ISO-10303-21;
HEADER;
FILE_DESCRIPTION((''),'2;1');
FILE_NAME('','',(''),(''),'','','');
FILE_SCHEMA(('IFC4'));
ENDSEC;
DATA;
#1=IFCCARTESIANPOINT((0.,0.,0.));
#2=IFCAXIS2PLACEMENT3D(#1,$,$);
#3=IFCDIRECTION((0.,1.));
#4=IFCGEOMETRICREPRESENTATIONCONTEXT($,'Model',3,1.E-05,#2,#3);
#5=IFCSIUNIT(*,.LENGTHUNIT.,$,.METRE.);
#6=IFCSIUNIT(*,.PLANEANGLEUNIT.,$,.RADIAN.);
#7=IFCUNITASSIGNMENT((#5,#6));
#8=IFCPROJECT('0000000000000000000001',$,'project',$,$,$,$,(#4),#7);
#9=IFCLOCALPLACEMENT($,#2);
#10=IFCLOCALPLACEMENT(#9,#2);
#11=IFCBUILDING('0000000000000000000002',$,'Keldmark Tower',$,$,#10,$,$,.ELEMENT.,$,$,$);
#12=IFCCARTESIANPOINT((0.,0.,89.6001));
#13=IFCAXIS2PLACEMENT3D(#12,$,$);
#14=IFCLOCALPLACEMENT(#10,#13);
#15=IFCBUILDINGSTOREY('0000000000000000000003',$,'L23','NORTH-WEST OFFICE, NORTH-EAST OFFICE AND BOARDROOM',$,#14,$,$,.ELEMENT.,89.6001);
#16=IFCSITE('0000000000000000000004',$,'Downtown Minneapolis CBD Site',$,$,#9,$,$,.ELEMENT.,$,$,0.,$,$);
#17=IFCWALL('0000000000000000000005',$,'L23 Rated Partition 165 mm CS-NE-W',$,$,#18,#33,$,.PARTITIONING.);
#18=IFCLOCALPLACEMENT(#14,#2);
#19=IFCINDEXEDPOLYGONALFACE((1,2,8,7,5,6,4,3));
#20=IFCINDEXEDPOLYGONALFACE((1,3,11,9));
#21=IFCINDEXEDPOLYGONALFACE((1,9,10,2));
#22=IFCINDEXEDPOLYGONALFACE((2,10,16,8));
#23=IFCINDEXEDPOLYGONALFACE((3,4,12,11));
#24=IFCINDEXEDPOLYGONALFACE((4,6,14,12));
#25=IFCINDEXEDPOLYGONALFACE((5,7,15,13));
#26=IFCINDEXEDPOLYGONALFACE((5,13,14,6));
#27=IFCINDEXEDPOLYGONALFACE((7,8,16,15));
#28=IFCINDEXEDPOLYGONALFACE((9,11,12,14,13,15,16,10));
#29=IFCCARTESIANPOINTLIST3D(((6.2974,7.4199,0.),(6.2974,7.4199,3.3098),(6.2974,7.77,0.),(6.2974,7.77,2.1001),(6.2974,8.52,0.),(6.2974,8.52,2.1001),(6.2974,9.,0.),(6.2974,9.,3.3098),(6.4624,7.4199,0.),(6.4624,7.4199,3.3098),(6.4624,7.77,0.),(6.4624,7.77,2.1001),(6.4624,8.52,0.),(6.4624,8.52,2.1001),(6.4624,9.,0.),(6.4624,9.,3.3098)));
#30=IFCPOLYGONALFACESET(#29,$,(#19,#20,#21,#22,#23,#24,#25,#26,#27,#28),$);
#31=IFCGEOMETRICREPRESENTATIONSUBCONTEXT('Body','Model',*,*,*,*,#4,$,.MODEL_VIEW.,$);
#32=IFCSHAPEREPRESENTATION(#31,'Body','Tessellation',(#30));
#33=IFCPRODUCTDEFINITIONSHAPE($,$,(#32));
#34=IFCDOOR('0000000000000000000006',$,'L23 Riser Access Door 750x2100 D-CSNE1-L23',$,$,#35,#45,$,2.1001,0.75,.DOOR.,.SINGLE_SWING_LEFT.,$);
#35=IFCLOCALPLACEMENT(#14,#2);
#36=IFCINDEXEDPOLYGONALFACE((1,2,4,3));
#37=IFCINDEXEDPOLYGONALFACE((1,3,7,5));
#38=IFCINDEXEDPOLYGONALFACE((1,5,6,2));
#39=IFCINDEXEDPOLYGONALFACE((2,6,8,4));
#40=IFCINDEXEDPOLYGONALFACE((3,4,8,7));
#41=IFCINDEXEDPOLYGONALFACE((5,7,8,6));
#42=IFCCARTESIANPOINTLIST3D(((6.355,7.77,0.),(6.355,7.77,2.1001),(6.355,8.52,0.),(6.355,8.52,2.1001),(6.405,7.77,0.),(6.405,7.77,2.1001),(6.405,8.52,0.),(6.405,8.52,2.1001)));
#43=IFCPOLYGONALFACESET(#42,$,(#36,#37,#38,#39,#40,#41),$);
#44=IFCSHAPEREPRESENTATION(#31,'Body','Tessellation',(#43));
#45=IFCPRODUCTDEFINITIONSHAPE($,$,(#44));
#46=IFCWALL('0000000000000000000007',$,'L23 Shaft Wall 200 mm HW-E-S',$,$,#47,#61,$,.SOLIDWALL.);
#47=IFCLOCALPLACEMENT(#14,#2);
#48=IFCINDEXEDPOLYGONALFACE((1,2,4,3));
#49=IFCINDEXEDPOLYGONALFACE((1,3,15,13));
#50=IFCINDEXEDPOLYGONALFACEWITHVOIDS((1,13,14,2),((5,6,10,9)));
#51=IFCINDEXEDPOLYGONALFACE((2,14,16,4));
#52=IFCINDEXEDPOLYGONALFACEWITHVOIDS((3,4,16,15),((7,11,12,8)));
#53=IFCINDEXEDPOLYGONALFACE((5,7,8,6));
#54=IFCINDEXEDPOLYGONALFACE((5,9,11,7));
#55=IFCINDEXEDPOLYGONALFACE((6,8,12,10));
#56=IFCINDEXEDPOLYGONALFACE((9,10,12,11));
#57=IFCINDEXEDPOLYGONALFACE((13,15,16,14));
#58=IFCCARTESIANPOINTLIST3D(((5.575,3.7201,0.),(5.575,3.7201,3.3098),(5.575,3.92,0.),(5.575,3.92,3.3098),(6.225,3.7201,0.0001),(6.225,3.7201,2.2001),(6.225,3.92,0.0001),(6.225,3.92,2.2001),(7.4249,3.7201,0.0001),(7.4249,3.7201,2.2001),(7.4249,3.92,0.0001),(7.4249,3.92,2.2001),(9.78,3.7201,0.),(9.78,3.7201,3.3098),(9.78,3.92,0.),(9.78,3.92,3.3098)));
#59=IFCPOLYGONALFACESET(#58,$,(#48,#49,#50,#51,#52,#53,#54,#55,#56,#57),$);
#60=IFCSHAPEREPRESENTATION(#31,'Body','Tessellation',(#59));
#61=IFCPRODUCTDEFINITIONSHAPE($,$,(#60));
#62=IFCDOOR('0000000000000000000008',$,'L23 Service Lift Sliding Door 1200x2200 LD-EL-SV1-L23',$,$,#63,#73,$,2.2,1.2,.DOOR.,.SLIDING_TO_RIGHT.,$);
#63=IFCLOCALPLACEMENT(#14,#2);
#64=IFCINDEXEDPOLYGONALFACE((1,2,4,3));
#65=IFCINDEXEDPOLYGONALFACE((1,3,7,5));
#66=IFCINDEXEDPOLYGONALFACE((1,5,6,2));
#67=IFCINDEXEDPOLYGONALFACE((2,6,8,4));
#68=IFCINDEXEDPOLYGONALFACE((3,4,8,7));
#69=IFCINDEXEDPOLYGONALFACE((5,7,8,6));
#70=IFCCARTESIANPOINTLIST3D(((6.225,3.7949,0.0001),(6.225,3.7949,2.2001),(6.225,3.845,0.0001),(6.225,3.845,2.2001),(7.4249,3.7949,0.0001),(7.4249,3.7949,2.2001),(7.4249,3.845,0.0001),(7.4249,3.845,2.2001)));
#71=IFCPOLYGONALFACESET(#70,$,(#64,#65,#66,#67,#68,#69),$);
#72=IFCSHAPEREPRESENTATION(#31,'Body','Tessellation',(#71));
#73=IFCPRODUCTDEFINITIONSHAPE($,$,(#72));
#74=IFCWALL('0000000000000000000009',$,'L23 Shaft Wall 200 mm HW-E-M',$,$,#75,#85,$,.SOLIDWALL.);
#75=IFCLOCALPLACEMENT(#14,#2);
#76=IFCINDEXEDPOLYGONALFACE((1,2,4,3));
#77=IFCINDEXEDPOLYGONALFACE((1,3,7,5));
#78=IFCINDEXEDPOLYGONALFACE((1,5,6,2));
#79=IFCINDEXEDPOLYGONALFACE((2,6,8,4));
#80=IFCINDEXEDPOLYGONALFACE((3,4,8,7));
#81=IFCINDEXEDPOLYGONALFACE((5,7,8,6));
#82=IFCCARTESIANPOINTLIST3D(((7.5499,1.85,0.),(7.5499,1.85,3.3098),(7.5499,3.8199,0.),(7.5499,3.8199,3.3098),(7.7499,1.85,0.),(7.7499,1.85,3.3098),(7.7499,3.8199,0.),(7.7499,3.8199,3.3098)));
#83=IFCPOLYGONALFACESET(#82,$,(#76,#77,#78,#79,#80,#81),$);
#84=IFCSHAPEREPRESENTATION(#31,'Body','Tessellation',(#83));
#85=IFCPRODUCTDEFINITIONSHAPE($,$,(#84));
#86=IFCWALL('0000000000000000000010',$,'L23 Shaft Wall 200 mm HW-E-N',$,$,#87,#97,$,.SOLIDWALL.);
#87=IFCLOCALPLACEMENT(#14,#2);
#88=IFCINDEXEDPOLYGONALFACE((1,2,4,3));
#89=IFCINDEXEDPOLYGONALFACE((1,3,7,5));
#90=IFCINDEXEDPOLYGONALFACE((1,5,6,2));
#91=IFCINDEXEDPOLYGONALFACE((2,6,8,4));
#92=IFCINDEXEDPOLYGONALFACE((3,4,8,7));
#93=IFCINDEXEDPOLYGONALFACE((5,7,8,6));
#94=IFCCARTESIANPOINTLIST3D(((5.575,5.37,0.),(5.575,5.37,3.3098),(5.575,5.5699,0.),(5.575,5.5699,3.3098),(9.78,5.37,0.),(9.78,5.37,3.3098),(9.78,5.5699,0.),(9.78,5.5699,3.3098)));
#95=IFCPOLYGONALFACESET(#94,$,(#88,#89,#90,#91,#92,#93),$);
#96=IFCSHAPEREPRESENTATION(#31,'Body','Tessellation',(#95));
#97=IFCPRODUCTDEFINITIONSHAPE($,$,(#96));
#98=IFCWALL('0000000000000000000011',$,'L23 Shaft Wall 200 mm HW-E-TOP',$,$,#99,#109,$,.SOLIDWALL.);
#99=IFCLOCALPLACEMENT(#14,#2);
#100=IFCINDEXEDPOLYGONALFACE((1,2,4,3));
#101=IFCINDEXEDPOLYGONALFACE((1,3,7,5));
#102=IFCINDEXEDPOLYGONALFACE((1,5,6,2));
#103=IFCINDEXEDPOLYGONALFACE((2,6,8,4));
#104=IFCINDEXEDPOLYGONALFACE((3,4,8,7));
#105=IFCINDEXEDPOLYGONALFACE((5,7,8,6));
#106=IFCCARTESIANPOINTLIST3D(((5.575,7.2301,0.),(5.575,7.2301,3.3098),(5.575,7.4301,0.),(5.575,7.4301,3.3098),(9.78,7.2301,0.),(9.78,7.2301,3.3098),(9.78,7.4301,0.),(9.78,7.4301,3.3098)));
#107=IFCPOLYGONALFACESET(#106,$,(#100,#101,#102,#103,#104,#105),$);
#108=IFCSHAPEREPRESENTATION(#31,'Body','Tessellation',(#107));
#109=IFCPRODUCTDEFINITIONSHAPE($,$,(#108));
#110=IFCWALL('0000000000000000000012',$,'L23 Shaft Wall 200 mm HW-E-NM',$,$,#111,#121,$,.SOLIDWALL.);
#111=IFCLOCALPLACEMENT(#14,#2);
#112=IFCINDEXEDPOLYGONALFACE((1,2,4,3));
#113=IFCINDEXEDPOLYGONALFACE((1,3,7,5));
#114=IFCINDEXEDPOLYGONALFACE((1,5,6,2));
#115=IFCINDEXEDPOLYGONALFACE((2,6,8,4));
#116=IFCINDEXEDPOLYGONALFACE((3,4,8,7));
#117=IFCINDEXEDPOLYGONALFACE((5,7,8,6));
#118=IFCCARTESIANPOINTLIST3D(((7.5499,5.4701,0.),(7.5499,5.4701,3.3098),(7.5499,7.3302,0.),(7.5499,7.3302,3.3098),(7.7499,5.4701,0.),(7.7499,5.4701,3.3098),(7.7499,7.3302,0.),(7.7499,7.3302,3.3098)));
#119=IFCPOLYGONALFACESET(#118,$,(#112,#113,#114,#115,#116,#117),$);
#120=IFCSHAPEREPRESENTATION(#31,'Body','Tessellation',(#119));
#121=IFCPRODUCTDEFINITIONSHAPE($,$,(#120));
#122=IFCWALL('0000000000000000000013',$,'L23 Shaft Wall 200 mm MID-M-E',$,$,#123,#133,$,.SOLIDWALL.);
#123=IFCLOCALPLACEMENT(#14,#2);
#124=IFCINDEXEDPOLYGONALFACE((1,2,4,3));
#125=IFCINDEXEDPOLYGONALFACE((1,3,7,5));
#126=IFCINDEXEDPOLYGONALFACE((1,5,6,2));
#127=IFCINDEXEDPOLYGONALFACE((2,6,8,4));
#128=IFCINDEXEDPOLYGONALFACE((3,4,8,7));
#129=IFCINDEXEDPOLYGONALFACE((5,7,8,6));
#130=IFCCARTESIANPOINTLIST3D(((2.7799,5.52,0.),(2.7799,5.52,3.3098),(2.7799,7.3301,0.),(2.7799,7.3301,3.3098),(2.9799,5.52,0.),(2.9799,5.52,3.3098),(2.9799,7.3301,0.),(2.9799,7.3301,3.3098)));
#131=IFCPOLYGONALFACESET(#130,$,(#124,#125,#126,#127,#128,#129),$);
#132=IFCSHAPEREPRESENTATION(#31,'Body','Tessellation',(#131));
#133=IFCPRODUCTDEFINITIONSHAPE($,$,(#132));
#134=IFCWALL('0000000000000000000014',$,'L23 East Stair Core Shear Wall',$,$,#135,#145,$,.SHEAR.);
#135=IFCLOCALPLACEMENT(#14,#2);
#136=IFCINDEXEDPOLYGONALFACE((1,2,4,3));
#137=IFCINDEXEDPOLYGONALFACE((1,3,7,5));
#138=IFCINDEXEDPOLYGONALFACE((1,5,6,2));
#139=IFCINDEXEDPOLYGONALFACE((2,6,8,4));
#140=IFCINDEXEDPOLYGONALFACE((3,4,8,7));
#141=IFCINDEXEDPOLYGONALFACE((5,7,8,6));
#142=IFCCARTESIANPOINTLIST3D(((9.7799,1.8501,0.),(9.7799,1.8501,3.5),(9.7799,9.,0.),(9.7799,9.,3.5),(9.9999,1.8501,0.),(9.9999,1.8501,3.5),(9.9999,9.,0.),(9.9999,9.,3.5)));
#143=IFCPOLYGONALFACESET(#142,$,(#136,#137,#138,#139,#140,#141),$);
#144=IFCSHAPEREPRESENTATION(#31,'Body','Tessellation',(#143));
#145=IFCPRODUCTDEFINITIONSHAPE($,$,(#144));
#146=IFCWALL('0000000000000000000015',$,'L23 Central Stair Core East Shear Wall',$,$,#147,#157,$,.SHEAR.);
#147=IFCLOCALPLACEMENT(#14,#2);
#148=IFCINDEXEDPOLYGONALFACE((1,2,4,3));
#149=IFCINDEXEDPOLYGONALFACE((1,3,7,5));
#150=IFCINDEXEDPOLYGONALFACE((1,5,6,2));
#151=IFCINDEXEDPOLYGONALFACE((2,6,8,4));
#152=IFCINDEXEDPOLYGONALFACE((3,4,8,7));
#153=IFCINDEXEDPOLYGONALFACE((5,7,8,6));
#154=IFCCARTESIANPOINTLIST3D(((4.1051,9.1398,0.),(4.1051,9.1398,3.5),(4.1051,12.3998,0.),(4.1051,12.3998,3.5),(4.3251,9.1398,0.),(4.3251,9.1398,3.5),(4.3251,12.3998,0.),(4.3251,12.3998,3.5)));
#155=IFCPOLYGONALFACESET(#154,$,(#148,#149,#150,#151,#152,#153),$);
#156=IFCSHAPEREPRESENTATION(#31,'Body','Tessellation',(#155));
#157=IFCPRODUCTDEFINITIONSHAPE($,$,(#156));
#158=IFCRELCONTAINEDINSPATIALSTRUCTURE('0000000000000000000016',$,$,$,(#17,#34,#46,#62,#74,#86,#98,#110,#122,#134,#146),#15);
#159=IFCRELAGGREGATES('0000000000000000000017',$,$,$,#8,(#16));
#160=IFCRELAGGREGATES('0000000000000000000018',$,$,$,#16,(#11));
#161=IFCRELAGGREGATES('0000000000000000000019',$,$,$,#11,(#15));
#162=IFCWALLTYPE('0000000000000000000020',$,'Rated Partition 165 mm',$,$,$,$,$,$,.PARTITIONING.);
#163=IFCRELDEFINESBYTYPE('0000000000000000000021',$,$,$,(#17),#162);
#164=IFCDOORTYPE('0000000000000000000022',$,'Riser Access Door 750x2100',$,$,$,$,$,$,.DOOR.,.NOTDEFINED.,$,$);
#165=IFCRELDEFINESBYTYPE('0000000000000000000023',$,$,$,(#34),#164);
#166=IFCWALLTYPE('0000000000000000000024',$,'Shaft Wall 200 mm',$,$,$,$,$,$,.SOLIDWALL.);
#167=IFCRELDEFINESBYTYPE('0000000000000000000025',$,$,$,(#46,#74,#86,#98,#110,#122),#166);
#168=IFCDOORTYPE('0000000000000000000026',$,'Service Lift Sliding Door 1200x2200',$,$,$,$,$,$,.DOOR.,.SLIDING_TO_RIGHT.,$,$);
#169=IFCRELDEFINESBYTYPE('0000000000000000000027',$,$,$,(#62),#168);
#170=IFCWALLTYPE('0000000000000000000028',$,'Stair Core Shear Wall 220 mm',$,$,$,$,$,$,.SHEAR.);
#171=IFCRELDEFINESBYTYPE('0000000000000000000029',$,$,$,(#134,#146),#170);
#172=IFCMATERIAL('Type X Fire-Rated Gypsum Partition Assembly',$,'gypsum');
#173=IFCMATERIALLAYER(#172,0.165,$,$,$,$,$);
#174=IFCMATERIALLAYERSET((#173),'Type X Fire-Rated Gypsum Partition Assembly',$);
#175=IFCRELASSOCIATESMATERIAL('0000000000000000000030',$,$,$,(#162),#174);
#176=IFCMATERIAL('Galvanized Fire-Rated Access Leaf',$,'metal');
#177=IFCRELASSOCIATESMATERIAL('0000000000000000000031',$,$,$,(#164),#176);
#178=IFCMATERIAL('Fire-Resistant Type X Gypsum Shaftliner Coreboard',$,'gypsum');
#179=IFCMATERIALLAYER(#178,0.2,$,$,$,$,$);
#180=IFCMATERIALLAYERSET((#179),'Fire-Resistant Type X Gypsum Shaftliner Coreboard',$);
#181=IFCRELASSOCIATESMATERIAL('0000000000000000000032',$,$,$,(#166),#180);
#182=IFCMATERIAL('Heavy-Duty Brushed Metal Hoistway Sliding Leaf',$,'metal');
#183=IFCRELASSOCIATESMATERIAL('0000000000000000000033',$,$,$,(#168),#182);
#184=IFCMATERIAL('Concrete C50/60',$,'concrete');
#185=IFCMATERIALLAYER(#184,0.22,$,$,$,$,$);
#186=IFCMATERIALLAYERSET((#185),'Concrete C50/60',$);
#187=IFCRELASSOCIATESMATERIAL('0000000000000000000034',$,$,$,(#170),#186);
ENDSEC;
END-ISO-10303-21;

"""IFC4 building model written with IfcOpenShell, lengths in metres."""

from ifc_helpers import new_model, si_unit, direction, frame, frame_2d, origin, place, context, subcontext, project, spatial, rectangle, extrude, material, layer, layer_set, type_object, element, fill, save


model = new_model("IFC4")

# Units and contexts
model_context = context("Model", 3, precision=1e-05, world=origin(), true_north=direction((0.0, 1.0)))
body_context = subcontext(model_context, "Body", "Model", "MODEL_VIEW")
ifc_project = project(units=[si_unit("LENGTHUNIT", "METRE"), si_unit("PLANEANGLEUNIT", "RADIAN")], contexts=[model_context])

# Site, building, storey
site_placement = place(None, origin())
site = spatial("IfcSite", under=ifc_project, at=site_placement, Name="Downtown Minneapolis CBD Site", CompositionType="ELEMENT", RefElevation=0.0)
building_placement = place(site_placement, origin())
building = spatial("IfcBuilding", under=site, at=building_placement, Name="Keldmark Tower", CompositionType="ELEMENT")
storey_placement = place(building_placement, frame((0.0, 0.0, 89.6001)))
storey = spatial("IfcBuildingStorey", under=building, at=storey_placement, Name="L23", Description="NORTH-WEST OFFICE, NORTH-EAST OFFICE AND BOARDROOM", CompositionType="ELEMENT", Elevation=89.6001)

# Walls, openings, doors
ifc_material_1 = material(Name="Type X Fire-Rated Gypsum Partition Assembly", Category="gypsum")
ifc_layer_1 = layer(ifc_material_1, 0.165)
ifc_layer_set_1 = layer_set([ifc_layer_1], Name="Type X Fire-Rated Gypsum Partition Assembly")
wall_type_1 = type_object("IfcWallType", Name="Rated Partition 165 mm", PredefinedType="PARTITIONING", material=ifc_layer_set_1)
wall_1_placement = place(storey_placement, frame((6.3799, 7.4199, 0.0), z_axis=(0.0, 0.0, 1.0), x_axis=(0.0, 1.0, 0.0)))
wall_1 = element("IfcWall", 1, at=wall_1_placement, inside=storey, type_object=wall_type_1, Name="L23 Rated Partition 165 mm CS-NE-W", PredefinedType="PARTITIONING", context=body_context, shape_type="SweptSolid", body=[
    extrude(rectangle(XDim=1.5801, YDim=0.165, at=frame_2d((0.79, 0.0))), origin(), (0.0, 0.0, 1.0), 3.3098),
])
opening_1_placement = place(wall_1_placement, frame((0.3501, 0.0, 0.0)))
opening_1 = element("IfcOpeningElement", 2, at=opening_1_placement, cuts=wall_1, PredefinedType="OPENING", context=body_context, shape_type="SweptSolid", body=[
    extrude(rectangle(XDim=0.75, YDim=2.1001, at=frame_2d((0.375, 1.05))), frame((0.0, 0.0925, 0.0), z_axis=(0.0, -1.0, 0.0), x_axis=(1.0, 0.0, 0.0)), (0.0, 0.0, 1.0), 0.1851),
])
ifc_material_2 = material(Name="Galvanized Fire-Rated Access Leaf", Category="metal")
door_type_1 = type_object("IfcDoorType", Name="Riser Access Door 750x2100", OperationType="NOTDEFINED", PredefinedType="DOOR", material=ifc_material_2)
door_1_placement = place(opening_1_placement, origin())
door_1 = element("IfcDoor", 3, at=door_1_placement, inside=storey, type_object=door_type_1, Name="L23 Riser Access Door 750x2100 D-CSNE1-L23", OperationType="SINGLE_SWING_LEFT", OverallHeight=2.1001, OverallWidth=0.75, PredefinedType="DOOR", context=body_context, shape_type="SweptSolid", body=[
    extrude(rectangle(XDim=0.75, YDim=2.1001, at=frame_2d((0.375, 1.05))), frame((0.0, 0.0249, 0.0), z_axis=(0.0, -1.0, 0.0), x_axis=(1.0, 0.0, 0.0)), (0.0, 0.0, 1.0), 0.05),
])
fill(opening_1, door_1)
ifc_material_3 = material(Name="Fire-Resistant Type X Gypsum Shaftliner Coreboard", Category="gypsum")
ifc_layer_2 = layer(ifc_material_3, 0.2)
ifc_layer_set_2 = layer_set([ifc_layer_2], Name="Fire-Resistant Type X Gypsum Shaftliner Coreboard")
wall_type_2 = type_object("IfcWallType", Name="Shaft Wall 200 mm", PredefinedType="SOLIDWALL", material=ifc_layer_set_2)
wall_2_placement = place(storey_placement, frame((5.575, 3.8201, 0.0), z_axis=(0.0, 0.0, 1.0), x_axis=(1.0, 0.0, 0.0)))
wall_2 = element("IfcWall", 4, at=wall_2_placement, inside=storey, type_object=wall_type_2, Name="L23 Shaft Wall 200 mm HW-E-S", PredefinedType="SOLIDWALL", context=body_context, shape_type="SweptSolid", body=[
    extrude(rectangle(XDim=4.2051, YDim=0.2, at=frame_2d((2.1025, 0.0))), origin(), (0.0, 0.0, 1.0), 3.3098),
])
opening_2_placement = place(wall_2_placement, frame((0.6499, 0.0, 0.0)))
opening_2 = element("IfcOpeningElement", 5, at=opening_2_placement, cuts=wall_2, PredefinedType="OPENING", context=body_context, shape_type="SweptSolid", body=[
    extrude(rectangle(XDim=1.2, YDim=2.2, at=frame_2d((0.6001, 1.1001))), frame((0.0, 0.1099, 0.0), z_axis=(0.0, -1.0, 0.0), x_axis=(1.0, 0.0, 0.0)), (0.0, 0.0, 1.0), 0.22),
])
ifc_material_4 = material(Name="Heavy-Duty Brushed Metal Hoistway Sliding Leaf", Category="metal")
door_type_2 = type_object("IfcDoorType", Name="Service Lift Sliding Door 1200x2200", OperationType="SLIDING_TO_RIGHT", PredefinedType="DOOR", material=ifc_material_4)
door_2_placement = place(opening_2_placement, origin())
door_2 = element("IfcDoor", 6, at=door_2_placement, inside=storey, type_object=door_type_2, Name="L23 Service Lift Sliding Door 1200x2200 LD-EL-SV1-L23", OperationType="SLIDING_TO_RIGHT", OverallHeight=2.2, OverallWidth=1.2, PredefinedType="DOOR", context=body_context, shape_type="SweptSolid", body=[
    extrude(rectangle(XDim=1.2, YDim=2.2, at=frame_2d((0.6001, 1.1001))), frame((0.0, 0.0249, 0.0), z_axis=(0.0, -1.0, 0.0), x_axis=(1.0, 0.0, 0.0)), (0.0, 0.0, 1.0), 0.05),
])
fill(opening_2, door_2)

# Walls
wall_3_placement = place(storey_placement, frame((7.6499, 1.8501, 0.0), z_axis=(0.0, 0.0, 1.0), x_axis=(0.0, 1.0, 0.0)))
element("IfcWall", 7, at=wall_3_placement, inside=storey, type_object=wall_type_2, Name="L23 Shaft Wall 200 mm HW-E-M", PredefinedType="SOLIDWALL", context=body_context, shape_type="SweptSolid", body=[
    extrude(rectangle(XDim=1.97, YDim=0.2, at=frame_2d((0.9849, 0.0))), origin(), (0.0, 0.0, 1.0), 3.3098),
])
for number, where, z_axis, x_axis, name in (
    (8, (5.575, 5.47, 0.0), (0.0, 0.0, 1.0), (1.0, 0.0, 0.0), "L23 Shaft Wall 200 mm HW-E-N"),
    (9, (5.575, 7.3301, 0.0), (0.0, 0.0, 1.0), (1.0, 0.0, 0.0), "L23 Shaft Wall 200 mm HW-E-TOP"),
):
    element("IfcWall", number, at=place(storey_placement, frame(where, z_axis=z_axis, x_axis=x_axis)), inside=storey, type_object=wall_type_2, Name=name, PredefinedType="SOLIDWALL", context=body_context, shape_type="SweptSolid", body=[
        extrude(rectangle(XDim=4.2051, YDim=0.2, at=frame_2d((2.1025, 0.0))), origin(), (0.0, 0.0, 1.0), 3.3098),
    ])
wall_4_placement = place(storey_placement, frame((7.6499, 5.47, 0.0), z_axis=(0.0, 0.0, 1.0), x_axis=(0.0, 1.0, 0.0)))
element("IfcWall", 10, at=wall_4_placement, inside=storey, type_object=wall_type_2, Name="L23 Shaft Wall 200 mm HW-E-NM", PredefinedType="SOLIDWALL", context=body_context, shape_type="SweptSolid", body=[
    extrude(rectangle(XDim=1.8601, YDim=0.2, at=frame_2d((0.9302, 0.0))), origin(), (0.0, 0.0, 1.0), 3.3098),
])
wall_5_placement = place(storey_placement, frame((2.8799, 5.52, 0.0), z_axis=(0.0, 0.0, 1.0), x_axis=(0.0, 1.0, 0.0)))
element("IfcWall", 11, at=wall_5_placement, inside=storey, type_object=wall_type_2, Name="L23 Shaft Wall 200 mm MID-M-E", PredefinedType="SOLIDWALL", context=body_context, shape_type="SweptSolid", body=[
    extrude(rectangle(XDim=1.8101, YDim=0.2, at=frame_2d((0.905, 0.0))), origin(), (0.0, 0.0, 1.0), 3.3098),
])
ifc_material_5 = material(Name="Concrete C50/60", Category="concrete")
ifc_layer_3 = layer(ifc_material_5, 0.22)
ifc_layer_set_3 = layer_set([ifc_layer_3], Name="Concrete C50/60")
wall_type_3 = type_object("IfcWallType", Name="Stair Core Shear Wall 220 mm", PredefinedType="SHEAR", material=ifc_layer_set_3)
wall_6_placement = place(storey_placement, frame((9.8899, 1.8501, 0.0), z_axis=(0.0, 0.0, 1.0), x_axis=(0.0, 1.0, 0.0)))
element("IfcWall", 12, at=wall_6_placement, inside=storey, type_object=wall_type_3, Name="L23 East Stair Core Shear Wall", PredefinedType="SHEAR", context=body_context, shape_type="SweptSolid", body=[
    extrude(rectangle(XDim=7.1499, YDim=0.22, at=frame_2d((3.575, 0.0))), origin(), (0.0, 0.0, 1.0), 3.5),
])
wall_7_placement = place(storey_placement, frame((4.2151, 9.1399, 0.0), z_axis=(0.0, 0.0, 1.0), x_axis=(0.0, 1.0, 0.0)))
element("IfcWall", 13, at=wall_7_placement, inside=storey, type_object=wall_type_3, Name="L23 Central Stair Core East Shear Wall", PredefinedType="SHEAR", context=body_context, shape_type="SweptSolid", body=[
    extrude(rectangle(XDim=3.26, YDim=0.22, at=frame_2d((1.6299, 0.0))), origin(), (0.0, 0.0, 1.0), 3.5),
])

save(model, "model.ifc")
